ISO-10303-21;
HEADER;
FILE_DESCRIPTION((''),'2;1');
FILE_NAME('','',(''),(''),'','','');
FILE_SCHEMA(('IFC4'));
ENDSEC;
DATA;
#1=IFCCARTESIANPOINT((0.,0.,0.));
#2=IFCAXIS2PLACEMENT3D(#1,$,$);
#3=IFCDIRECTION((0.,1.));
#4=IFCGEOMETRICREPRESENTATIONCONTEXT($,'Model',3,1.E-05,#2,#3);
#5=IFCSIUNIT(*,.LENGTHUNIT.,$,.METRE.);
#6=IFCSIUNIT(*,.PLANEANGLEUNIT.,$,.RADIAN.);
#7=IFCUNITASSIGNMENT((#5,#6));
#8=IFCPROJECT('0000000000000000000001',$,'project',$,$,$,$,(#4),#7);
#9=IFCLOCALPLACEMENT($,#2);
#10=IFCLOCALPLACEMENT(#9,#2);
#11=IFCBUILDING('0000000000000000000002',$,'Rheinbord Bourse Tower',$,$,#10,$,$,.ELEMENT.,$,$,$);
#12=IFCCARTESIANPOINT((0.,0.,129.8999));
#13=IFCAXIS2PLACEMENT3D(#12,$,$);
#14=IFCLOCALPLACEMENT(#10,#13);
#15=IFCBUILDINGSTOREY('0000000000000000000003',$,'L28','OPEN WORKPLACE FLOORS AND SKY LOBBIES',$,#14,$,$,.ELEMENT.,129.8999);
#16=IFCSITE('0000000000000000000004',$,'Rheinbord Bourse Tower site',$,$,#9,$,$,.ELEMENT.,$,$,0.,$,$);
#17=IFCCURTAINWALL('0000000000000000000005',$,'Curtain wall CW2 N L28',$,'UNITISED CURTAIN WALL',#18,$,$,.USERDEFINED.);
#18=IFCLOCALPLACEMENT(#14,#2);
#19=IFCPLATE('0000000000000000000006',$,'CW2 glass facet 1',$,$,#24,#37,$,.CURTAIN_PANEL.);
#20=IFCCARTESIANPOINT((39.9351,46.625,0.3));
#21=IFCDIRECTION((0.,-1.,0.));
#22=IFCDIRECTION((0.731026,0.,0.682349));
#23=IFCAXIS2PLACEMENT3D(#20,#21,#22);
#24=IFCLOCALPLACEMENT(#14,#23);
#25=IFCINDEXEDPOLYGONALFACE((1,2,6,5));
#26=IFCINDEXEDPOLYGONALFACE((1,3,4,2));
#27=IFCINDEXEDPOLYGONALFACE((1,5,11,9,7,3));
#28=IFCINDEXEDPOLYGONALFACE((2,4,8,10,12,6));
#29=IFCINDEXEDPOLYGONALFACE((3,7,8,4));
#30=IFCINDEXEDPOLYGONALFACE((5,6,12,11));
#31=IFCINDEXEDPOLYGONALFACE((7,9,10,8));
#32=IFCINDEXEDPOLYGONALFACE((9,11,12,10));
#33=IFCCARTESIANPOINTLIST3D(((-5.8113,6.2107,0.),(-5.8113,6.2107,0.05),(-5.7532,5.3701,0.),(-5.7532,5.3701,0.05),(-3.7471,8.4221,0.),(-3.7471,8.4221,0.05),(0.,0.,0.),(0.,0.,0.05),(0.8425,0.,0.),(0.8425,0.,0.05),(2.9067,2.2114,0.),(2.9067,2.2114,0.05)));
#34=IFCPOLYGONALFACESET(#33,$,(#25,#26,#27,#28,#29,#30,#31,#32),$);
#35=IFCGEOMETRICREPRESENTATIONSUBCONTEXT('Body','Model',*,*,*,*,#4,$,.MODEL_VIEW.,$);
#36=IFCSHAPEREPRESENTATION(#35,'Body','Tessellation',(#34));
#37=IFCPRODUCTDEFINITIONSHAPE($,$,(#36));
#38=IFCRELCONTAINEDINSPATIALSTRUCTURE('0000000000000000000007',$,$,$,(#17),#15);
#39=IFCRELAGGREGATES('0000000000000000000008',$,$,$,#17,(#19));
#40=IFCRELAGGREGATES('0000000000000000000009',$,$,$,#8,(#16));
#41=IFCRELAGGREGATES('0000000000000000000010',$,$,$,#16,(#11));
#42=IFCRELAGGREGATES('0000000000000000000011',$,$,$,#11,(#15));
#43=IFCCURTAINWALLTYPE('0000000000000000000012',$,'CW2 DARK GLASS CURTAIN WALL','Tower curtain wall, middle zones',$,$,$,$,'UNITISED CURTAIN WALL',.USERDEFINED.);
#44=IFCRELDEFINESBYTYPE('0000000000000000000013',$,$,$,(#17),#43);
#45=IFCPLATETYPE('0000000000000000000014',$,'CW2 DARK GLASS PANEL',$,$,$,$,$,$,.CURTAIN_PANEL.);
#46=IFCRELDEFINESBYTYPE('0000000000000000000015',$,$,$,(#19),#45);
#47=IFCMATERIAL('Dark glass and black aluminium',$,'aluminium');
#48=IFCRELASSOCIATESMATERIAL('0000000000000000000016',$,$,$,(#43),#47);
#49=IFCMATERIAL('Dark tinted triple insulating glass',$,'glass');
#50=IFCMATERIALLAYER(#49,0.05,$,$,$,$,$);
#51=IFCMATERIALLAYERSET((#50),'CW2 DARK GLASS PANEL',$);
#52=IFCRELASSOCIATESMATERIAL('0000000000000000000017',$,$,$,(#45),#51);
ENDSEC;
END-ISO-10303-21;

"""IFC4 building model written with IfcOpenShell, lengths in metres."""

from ifc_helpers import new_model, si_unit, direction, frame, origin, place, context, subcontext, project, spatial, polyline, outline, extrude, material, layer, layer_set, type_object, element, aggregate, save


model = new_model("IFC4")

# Units and contexts
model_context = context("Model", 3, precision=1e-05, world=origin(), true_north=direction((0.0, 1.0)))
body_context = subcontext(model_context, "Body", "Model", "MODEL_VIEW")
ifc_project = project(units=[si_unit("LENGTHUNIT", "METRE"), si_unit("PLANEANGLEUNIT", "RADIAN")], contexts=[model_context])

# Site, building, storey
site_placement = place(None, origin())
site = spatial("IfcSite", under=ifc_project, at=site_placement, Name="Rheinbord Bourse Tower site", CompositionType="ELEMENT", RefElevation=0.0)
building_placement = place(site_placement, origin())
building = spatial("IfcBuilding", under=site, at=building_placement, Name="Rheinbord Bourse Tower", CompositionType="ELEMENT")
storey_placement = place(building_placement, frame((0.0, 0.0, 129.8999)))
storey = spatial("IfcBuildingStorey", under=building, at=storey_placement, Name="L28", Description="OPEN WORKPLACE FLOORS AND SKY LOBBIES", CompositionType="ELEMENT", Elevation=129.8999)

# Curtain wall
ifc_material_1 = material(Name="Dark glass and black aluminium", Category="aluminium")
curtain_wall_type = type_object("IfcCurtainWallType", Name="CW2 DARK GLASS CURTAIN WALL", Description="Tower curtain wall, middle zones", ElementType="UNITISED CURTAIN WALL", PredefinedType="USERDEFINED", material=ifc_material_1)
curtain_wall_placement = place(storey_placement, origin())
curtain_wall = element("IfcCurtainWall", 1, at=curtain_wall_placement, inside=storey, type_object=curtain_wall_type, Name="Curtain wall CW2 N L28", ObjectType="UNITISED CURTAIN WALL", PredefinedType="USERDEFINED")

# Plate
ifc_material_2 = material(Name="Dark tinted triple insulating glass", Category="glass")
ifc_layer_1 = layer(ifc_material_2, 0.05)
ifc_layer_set_1 = layer_set([ifc_layer_1], Name="CW2 DARK GLASS PANEL")
plate_type = type_object("IfcPlateType", Name="CW2 DARK GLASS PANEL", PredefinedType="CURTAIN_PANEL", material=ifc_layer_set_1)
plate_1_placement = place(storey_placement, frame((39.9351, 46.625, 0.3), z_axis=(0.0, -1.0, 0.0), x_axis=(0.731026, 0.0, 0.682349)))
plate_1 = element("IfcPlate", 2, at=plate_1_placement, type_object=plate_type, Name="CW2 glass facet 1", PredefinedType="CURTAIN_PANEL", context=body_context, shape_type="SweptSolid", body=[
    extrude(outline(polyline([(0.0, 0.0), (0.8425, 0.0), (2.9067, 2.2114), (-3.7471, 8.4221), (-5.8113, 6.2107), (-5.7532, 5.3701), (0.0, 0.0)])), origin(), (0.0, 0.0, 1.0), 0.05),
])
aggregate(curtain_wall, [plate_1])

save(model, "model.ifc")
